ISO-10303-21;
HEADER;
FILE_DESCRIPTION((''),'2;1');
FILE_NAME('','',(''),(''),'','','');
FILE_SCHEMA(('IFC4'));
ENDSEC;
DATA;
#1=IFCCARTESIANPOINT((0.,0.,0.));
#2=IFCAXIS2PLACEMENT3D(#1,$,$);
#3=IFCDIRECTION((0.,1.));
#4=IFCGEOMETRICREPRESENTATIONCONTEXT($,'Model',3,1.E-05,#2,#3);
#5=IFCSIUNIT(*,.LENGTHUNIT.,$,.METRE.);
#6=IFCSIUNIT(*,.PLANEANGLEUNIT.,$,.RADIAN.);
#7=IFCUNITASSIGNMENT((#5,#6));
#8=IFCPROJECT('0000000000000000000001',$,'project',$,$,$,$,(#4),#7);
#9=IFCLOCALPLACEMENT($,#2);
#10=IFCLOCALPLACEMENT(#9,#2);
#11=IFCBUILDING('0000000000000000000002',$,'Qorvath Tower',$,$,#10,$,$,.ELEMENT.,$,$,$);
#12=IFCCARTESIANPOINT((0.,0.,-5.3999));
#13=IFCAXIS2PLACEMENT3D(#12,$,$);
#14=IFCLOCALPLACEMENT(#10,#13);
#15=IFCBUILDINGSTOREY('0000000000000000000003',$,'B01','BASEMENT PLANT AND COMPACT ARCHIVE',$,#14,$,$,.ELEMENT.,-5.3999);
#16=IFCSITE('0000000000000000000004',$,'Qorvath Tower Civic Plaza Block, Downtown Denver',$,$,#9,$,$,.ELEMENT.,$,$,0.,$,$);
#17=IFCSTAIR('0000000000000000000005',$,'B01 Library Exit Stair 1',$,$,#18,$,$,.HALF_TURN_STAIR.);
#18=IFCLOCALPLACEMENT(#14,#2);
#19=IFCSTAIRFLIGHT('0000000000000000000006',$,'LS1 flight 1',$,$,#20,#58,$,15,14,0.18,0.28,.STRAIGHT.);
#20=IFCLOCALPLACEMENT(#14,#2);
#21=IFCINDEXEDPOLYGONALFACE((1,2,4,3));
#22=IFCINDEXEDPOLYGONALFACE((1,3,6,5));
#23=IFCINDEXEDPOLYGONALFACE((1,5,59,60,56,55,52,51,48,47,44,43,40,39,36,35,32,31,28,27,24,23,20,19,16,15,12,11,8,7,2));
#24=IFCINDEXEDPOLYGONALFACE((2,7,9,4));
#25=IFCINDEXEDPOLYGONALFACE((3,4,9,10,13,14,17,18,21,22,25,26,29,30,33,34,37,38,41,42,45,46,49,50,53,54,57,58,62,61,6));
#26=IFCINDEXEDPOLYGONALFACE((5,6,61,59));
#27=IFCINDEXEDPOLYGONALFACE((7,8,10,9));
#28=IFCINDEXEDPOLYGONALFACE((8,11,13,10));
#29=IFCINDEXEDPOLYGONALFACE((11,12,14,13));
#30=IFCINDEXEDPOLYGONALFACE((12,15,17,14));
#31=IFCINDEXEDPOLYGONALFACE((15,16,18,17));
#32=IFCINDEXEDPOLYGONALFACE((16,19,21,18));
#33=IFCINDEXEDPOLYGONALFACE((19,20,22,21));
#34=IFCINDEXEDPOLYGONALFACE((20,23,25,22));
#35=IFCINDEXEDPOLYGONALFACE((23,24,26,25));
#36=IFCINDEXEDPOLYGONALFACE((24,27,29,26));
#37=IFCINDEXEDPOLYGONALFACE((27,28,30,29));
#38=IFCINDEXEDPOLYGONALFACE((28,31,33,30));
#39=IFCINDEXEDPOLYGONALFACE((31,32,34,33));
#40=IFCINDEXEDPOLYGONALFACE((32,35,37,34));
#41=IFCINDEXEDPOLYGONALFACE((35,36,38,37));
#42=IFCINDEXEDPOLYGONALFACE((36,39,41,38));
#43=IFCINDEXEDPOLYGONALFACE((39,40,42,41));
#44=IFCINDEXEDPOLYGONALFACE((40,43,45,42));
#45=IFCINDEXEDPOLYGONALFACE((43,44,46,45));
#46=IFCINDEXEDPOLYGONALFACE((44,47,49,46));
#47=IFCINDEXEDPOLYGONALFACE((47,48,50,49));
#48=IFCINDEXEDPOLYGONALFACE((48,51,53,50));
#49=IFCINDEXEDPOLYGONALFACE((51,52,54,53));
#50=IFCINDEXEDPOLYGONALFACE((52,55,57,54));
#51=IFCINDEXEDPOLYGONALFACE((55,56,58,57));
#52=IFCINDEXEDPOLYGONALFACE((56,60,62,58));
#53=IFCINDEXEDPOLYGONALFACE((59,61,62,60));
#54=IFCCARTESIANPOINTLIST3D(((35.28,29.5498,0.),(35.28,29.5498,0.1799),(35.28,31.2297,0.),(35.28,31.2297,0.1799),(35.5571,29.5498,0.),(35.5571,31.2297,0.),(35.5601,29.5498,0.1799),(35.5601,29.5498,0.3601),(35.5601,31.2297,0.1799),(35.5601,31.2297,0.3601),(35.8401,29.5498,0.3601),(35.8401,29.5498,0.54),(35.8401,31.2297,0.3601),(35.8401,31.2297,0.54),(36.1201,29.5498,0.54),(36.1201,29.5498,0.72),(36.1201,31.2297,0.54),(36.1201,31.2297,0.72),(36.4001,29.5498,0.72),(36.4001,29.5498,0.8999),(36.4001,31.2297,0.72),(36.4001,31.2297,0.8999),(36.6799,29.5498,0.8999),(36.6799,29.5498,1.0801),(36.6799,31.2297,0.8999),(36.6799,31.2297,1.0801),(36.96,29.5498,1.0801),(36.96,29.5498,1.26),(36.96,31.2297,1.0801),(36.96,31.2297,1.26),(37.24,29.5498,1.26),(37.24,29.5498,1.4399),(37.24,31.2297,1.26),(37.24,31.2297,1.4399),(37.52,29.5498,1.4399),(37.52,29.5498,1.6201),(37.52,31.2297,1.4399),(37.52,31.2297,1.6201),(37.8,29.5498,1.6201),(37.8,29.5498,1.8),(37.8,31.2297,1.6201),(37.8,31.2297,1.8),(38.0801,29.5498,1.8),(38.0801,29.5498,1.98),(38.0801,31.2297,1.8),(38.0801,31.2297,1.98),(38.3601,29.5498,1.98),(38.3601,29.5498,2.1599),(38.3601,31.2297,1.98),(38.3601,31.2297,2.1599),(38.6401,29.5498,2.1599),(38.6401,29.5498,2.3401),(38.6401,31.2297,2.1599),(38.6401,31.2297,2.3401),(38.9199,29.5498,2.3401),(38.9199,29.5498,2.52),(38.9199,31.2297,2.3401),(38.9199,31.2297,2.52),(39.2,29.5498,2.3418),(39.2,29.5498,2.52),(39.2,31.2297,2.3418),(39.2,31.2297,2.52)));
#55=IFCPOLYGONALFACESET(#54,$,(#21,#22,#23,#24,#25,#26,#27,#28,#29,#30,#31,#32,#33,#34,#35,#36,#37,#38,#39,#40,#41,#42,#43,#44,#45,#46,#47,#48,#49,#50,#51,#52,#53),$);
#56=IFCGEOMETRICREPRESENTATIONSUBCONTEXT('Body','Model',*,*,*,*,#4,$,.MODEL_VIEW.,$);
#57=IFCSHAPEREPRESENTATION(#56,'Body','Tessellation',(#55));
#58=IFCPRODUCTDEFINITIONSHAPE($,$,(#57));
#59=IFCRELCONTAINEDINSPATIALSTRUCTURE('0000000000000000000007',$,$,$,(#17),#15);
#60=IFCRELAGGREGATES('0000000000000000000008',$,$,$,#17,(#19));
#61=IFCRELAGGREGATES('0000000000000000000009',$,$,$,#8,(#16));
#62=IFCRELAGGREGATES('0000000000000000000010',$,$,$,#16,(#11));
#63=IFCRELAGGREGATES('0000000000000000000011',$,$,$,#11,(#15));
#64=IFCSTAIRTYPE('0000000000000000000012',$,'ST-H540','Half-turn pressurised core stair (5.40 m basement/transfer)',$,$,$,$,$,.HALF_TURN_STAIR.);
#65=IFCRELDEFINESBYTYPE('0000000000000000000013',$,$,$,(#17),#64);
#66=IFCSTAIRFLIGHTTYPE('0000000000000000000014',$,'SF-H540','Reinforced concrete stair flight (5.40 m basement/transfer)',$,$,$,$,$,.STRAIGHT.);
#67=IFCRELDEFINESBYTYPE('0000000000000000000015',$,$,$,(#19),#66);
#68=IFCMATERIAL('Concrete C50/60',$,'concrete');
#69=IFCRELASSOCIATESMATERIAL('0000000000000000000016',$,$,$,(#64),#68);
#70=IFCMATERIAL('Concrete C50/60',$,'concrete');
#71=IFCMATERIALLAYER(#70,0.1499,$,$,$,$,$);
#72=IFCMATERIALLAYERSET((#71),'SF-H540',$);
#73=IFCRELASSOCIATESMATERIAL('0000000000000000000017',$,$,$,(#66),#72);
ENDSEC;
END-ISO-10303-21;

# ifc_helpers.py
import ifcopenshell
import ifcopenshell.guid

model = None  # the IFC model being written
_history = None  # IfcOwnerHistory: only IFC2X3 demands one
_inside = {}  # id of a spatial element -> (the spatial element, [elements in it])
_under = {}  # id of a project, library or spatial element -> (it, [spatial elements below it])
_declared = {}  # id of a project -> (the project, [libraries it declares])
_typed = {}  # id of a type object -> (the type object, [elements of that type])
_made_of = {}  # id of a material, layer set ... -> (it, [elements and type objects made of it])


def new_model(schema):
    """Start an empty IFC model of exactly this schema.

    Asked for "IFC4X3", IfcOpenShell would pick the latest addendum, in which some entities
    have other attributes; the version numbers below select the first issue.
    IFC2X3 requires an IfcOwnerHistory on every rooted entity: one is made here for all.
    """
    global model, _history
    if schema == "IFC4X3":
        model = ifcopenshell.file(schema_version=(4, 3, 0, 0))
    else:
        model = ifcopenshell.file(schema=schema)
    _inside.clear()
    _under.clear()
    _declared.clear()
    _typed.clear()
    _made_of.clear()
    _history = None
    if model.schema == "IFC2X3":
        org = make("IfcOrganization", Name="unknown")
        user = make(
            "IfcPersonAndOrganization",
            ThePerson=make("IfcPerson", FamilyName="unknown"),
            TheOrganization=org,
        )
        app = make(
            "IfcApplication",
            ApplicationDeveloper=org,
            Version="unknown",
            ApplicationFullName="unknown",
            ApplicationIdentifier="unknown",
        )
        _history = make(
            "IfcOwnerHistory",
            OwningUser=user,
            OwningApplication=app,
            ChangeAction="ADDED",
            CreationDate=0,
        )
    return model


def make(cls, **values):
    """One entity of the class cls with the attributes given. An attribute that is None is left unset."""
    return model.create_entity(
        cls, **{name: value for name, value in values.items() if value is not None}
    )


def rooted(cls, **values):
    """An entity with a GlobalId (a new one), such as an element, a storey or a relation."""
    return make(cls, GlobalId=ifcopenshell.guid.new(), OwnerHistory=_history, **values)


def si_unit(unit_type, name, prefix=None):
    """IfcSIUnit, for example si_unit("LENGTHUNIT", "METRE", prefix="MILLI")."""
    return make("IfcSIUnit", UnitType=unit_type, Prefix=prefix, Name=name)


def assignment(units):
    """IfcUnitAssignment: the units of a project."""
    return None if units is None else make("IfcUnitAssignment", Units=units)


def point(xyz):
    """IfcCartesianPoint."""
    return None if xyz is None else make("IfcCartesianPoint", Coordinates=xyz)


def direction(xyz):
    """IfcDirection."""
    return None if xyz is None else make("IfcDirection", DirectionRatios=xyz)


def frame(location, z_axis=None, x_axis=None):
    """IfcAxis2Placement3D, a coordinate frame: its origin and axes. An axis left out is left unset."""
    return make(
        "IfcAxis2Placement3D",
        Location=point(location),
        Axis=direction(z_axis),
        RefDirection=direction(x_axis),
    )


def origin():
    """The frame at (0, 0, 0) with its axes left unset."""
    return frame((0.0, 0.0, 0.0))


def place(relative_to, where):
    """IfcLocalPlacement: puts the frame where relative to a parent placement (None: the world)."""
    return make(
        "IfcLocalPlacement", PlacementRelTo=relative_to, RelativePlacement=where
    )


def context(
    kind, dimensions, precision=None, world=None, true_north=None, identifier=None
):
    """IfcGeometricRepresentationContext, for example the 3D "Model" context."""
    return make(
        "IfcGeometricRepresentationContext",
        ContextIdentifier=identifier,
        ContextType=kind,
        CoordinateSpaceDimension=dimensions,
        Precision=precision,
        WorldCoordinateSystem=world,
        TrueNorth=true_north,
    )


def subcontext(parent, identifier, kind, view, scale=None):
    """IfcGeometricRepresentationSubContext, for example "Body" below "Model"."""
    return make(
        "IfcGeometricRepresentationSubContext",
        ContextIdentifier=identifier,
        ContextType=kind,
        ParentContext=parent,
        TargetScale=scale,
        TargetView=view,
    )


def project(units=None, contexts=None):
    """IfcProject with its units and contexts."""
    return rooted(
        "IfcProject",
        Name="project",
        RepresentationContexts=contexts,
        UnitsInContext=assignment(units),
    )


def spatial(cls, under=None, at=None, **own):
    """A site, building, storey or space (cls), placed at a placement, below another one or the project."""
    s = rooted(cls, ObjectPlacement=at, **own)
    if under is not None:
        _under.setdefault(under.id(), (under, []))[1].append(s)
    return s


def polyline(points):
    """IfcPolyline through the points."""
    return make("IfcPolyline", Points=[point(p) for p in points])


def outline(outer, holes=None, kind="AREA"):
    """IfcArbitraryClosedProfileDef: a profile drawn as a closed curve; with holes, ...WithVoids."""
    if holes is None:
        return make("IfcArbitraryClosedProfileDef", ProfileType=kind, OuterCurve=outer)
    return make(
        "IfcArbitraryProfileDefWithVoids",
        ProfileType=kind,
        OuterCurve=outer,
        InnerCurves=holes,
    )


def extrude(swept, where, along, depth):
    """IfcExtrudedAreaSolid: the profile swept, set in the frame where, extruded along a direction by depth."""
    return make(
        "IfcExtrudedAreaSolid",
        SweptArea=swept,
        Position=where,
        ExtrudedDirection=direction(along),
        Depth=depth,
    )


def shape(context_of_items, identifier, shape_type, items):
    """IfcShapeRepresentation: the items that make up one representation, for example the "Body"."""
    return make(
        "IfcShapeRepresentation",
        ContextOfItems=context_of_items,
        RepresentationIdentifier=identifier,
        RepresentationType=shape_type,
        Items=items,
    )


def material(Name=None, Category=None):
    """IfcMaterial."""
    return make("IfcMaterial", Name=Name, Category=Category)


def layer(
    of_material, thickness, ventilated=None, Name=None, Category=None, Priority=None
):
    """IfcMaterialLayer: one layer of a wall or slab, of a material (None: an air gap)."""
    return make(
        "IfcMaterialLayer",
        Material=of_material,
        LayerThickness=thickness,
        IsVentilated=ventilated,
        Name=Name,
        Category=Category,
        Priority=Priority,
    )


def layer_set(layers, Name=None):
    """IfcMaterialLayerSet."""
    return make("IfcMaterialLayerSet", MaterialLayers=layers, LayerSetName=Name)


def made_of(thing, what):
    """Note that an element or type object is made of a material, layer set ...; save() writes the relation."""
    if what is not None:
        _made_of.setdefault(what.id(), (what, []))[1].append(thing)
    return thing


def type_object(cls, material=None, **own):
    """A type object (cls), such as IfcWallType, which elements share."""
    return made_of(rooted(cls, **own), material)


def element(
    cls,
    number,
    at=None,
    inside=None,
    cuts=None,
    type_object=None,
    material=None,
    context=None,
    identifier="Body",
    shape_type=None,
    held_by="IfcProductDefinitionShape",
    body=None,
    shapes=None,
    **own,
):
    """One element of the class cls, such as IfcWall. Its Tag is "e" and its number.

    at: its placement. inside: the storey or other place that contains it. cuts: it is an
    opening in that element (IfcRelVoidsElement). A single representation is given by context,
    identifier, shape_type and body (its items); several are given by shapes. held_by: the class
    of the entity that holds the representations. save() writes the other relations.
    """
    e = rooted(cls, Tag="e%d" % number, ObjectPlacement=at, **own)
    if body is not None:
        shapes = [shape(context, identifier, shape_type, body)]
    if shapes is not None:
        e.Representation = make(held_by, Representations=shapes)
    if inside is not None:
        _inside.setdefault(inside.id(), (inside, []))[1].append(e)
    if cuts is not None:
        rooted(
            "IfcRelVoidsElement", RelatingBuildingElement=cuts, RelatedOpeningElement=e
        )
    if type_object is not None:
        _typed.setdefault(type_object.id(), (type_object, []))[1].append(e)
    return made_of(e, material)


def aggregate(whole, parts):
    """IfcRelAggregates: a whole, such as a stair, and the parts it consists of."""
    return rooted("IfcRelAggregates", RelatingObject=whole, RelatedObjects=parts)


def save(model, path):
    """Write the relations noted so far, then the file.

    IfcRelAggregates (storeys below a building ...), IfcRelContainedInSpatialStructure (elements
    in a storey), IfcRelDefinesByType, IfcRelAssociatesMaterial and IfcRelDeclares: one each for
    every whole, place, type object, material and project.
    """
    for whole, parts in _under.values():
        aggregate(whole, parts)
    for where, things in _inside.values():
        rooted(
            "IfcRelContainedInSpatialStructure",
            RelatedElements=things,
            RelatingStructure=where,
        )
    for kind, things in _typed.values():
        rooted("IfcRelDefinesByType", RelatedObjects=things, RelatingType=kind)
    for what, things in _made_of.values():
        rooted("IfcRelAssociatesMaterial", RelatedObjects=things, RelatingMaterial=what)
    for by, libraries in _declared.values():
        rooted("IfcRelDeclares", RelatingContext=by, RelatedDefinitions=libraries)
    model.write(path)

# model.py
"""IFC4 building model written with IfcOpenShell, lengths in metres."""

from ifc_helpers import new_model, si_unit, direction, frame, origin, place, context, subcontext, project, spatial, polyline, outline, extrude, material, layer, layer_set, type_object, element, aggregate, save


model = new_model("IFC4")

# Units and contexts
model_context = context("Model", 3, precision=1e-05, world=origin(), true_north=direction((0.0, 1.0)))
body_context = subcontext(model_context, "Body", "Model", "MODEL_VIEW")
ifc_project = project(units=[si_unit("LENGTHUNIT", "METRE"), si_unit("PLANEANGLEUNIT", "RADIAN")], contexts=[model_context])

# Site, building, storey
site_placement = place(None, origin())
site = spatial("IfcSite", under=ifc_project, at=site_placement, Name="Qorvath Tower Civic Plaza Block, Downtown Denver", CompositionType="ELEMENT", RefElevation=0.0)
building_placement = place(site_placement, origin())
building = spatial("IfcBuilding", under=site, at=building_placement, Name="Qorvath Tower", CompositionType="ELEMENT")
storey_placement = place(building_placement, frame((0.0, 0.0, -5.3999)))
storey = spatial("IfcBuildingStorey", under=building, at=storey_placement, Name="B01", Description="BASEMENT PLANT AND COMPACT ARCHIVE", CompositionType="ELEMENT", Elevation=-5.3999)

# Stair, stair flight
ifc_material_1 = material(Name="Concrete C50/60", Category="concrete")
stair_type = type_object("IfcStairType", Name="ST-H540", Description="Half-turn pressurised core stair (5.40 m basement/transfer)", PredefinedType="HALF_TURN_STAIR", material=ifc_material_1)
stair_placement = place(storey_placement, origin())
stair = element("IfcStair", 1, at=stair_placement, inside=storey, type_object=stair_type, Name="B01 Library Exit Stair 1", PredefinedType="HALF_TURN_STAIR")
ifc_material_2 = material(Name="Concrete C50/60", Category="concrete")
ifc_layer_1 = layer(ifc_material_2, 0.1499)
ifc_layer_set_1 = layer_set([ifc_layer_1], Name="SF-H540")
stair_flight_type = type_object("IfcStairFlightType", Name="SF-H540", Description="Reinforced concrete stair flight (5.40 m basement/transfer)", PredefinedType="STRAIGHT", material=ifc_layer_set_1)
stair_flight_placement = place(storey_placement, frame((35.28, 30.3899, 0.0), z_axis=(0.0, 0.0, 1.0), x_axis=(1.0, 0.0, 0.0)))
stair_flight = element("IfcStairFlight", 2, at=stair_flight_placement, type_object=stair_flight_type, Name="LS1 flight 1", NumberOfRisers=15, NumberOfTreads=14, PredefinedType="STRAIGHT", RiserHeight=0.18, TreadLength=0.28, context=body_context, shape_type="SweptSolid", body=[
    extrude(outline(polyline([(0.0, 0.0), (0.0, 0.1799), (0.28, 0.1799), (0.28, 0.3601), (0.5601, 0.3601), (0.5601, 0.54), (0.8401, 0.54), (0.8401, 0.72), (1.1201, 0.72), (1.1201, 0.8999), (1.3999, 0.8999), (1.3999, 1.0801), (1.6799, 1.0801), (1.6799, 1.26), (1.96, 1.26), (1.96, 1.4399), (2.24, 1.4399), (2.24, 1.6201), (2.52, 1.6201), (2.52, 1.8), (2.8, 1.8), (2.8, 1.98), (3.0801, 1.98), (3.0801, 2.1599), (3.3601, 2.1599), (3.3601, 2.3401), (3.6399, 2.3401), (3.6399, 2.52), (3.9199, 2.52), (3.9199, 2.7), (3.9199, 2.3418), (0.2771, 0.0), (0.0, 0.0)])), frame((0.0, 0.8398, 0.0), z_axis=(0.0, -1.0, 0.0), x_axis=(1.0, 0.0, 0.0)), (0.0, 0.0, 1.0), 1.6799),
])
aggregate(stair, [stair_flight])

save(model, "model.ifc")
